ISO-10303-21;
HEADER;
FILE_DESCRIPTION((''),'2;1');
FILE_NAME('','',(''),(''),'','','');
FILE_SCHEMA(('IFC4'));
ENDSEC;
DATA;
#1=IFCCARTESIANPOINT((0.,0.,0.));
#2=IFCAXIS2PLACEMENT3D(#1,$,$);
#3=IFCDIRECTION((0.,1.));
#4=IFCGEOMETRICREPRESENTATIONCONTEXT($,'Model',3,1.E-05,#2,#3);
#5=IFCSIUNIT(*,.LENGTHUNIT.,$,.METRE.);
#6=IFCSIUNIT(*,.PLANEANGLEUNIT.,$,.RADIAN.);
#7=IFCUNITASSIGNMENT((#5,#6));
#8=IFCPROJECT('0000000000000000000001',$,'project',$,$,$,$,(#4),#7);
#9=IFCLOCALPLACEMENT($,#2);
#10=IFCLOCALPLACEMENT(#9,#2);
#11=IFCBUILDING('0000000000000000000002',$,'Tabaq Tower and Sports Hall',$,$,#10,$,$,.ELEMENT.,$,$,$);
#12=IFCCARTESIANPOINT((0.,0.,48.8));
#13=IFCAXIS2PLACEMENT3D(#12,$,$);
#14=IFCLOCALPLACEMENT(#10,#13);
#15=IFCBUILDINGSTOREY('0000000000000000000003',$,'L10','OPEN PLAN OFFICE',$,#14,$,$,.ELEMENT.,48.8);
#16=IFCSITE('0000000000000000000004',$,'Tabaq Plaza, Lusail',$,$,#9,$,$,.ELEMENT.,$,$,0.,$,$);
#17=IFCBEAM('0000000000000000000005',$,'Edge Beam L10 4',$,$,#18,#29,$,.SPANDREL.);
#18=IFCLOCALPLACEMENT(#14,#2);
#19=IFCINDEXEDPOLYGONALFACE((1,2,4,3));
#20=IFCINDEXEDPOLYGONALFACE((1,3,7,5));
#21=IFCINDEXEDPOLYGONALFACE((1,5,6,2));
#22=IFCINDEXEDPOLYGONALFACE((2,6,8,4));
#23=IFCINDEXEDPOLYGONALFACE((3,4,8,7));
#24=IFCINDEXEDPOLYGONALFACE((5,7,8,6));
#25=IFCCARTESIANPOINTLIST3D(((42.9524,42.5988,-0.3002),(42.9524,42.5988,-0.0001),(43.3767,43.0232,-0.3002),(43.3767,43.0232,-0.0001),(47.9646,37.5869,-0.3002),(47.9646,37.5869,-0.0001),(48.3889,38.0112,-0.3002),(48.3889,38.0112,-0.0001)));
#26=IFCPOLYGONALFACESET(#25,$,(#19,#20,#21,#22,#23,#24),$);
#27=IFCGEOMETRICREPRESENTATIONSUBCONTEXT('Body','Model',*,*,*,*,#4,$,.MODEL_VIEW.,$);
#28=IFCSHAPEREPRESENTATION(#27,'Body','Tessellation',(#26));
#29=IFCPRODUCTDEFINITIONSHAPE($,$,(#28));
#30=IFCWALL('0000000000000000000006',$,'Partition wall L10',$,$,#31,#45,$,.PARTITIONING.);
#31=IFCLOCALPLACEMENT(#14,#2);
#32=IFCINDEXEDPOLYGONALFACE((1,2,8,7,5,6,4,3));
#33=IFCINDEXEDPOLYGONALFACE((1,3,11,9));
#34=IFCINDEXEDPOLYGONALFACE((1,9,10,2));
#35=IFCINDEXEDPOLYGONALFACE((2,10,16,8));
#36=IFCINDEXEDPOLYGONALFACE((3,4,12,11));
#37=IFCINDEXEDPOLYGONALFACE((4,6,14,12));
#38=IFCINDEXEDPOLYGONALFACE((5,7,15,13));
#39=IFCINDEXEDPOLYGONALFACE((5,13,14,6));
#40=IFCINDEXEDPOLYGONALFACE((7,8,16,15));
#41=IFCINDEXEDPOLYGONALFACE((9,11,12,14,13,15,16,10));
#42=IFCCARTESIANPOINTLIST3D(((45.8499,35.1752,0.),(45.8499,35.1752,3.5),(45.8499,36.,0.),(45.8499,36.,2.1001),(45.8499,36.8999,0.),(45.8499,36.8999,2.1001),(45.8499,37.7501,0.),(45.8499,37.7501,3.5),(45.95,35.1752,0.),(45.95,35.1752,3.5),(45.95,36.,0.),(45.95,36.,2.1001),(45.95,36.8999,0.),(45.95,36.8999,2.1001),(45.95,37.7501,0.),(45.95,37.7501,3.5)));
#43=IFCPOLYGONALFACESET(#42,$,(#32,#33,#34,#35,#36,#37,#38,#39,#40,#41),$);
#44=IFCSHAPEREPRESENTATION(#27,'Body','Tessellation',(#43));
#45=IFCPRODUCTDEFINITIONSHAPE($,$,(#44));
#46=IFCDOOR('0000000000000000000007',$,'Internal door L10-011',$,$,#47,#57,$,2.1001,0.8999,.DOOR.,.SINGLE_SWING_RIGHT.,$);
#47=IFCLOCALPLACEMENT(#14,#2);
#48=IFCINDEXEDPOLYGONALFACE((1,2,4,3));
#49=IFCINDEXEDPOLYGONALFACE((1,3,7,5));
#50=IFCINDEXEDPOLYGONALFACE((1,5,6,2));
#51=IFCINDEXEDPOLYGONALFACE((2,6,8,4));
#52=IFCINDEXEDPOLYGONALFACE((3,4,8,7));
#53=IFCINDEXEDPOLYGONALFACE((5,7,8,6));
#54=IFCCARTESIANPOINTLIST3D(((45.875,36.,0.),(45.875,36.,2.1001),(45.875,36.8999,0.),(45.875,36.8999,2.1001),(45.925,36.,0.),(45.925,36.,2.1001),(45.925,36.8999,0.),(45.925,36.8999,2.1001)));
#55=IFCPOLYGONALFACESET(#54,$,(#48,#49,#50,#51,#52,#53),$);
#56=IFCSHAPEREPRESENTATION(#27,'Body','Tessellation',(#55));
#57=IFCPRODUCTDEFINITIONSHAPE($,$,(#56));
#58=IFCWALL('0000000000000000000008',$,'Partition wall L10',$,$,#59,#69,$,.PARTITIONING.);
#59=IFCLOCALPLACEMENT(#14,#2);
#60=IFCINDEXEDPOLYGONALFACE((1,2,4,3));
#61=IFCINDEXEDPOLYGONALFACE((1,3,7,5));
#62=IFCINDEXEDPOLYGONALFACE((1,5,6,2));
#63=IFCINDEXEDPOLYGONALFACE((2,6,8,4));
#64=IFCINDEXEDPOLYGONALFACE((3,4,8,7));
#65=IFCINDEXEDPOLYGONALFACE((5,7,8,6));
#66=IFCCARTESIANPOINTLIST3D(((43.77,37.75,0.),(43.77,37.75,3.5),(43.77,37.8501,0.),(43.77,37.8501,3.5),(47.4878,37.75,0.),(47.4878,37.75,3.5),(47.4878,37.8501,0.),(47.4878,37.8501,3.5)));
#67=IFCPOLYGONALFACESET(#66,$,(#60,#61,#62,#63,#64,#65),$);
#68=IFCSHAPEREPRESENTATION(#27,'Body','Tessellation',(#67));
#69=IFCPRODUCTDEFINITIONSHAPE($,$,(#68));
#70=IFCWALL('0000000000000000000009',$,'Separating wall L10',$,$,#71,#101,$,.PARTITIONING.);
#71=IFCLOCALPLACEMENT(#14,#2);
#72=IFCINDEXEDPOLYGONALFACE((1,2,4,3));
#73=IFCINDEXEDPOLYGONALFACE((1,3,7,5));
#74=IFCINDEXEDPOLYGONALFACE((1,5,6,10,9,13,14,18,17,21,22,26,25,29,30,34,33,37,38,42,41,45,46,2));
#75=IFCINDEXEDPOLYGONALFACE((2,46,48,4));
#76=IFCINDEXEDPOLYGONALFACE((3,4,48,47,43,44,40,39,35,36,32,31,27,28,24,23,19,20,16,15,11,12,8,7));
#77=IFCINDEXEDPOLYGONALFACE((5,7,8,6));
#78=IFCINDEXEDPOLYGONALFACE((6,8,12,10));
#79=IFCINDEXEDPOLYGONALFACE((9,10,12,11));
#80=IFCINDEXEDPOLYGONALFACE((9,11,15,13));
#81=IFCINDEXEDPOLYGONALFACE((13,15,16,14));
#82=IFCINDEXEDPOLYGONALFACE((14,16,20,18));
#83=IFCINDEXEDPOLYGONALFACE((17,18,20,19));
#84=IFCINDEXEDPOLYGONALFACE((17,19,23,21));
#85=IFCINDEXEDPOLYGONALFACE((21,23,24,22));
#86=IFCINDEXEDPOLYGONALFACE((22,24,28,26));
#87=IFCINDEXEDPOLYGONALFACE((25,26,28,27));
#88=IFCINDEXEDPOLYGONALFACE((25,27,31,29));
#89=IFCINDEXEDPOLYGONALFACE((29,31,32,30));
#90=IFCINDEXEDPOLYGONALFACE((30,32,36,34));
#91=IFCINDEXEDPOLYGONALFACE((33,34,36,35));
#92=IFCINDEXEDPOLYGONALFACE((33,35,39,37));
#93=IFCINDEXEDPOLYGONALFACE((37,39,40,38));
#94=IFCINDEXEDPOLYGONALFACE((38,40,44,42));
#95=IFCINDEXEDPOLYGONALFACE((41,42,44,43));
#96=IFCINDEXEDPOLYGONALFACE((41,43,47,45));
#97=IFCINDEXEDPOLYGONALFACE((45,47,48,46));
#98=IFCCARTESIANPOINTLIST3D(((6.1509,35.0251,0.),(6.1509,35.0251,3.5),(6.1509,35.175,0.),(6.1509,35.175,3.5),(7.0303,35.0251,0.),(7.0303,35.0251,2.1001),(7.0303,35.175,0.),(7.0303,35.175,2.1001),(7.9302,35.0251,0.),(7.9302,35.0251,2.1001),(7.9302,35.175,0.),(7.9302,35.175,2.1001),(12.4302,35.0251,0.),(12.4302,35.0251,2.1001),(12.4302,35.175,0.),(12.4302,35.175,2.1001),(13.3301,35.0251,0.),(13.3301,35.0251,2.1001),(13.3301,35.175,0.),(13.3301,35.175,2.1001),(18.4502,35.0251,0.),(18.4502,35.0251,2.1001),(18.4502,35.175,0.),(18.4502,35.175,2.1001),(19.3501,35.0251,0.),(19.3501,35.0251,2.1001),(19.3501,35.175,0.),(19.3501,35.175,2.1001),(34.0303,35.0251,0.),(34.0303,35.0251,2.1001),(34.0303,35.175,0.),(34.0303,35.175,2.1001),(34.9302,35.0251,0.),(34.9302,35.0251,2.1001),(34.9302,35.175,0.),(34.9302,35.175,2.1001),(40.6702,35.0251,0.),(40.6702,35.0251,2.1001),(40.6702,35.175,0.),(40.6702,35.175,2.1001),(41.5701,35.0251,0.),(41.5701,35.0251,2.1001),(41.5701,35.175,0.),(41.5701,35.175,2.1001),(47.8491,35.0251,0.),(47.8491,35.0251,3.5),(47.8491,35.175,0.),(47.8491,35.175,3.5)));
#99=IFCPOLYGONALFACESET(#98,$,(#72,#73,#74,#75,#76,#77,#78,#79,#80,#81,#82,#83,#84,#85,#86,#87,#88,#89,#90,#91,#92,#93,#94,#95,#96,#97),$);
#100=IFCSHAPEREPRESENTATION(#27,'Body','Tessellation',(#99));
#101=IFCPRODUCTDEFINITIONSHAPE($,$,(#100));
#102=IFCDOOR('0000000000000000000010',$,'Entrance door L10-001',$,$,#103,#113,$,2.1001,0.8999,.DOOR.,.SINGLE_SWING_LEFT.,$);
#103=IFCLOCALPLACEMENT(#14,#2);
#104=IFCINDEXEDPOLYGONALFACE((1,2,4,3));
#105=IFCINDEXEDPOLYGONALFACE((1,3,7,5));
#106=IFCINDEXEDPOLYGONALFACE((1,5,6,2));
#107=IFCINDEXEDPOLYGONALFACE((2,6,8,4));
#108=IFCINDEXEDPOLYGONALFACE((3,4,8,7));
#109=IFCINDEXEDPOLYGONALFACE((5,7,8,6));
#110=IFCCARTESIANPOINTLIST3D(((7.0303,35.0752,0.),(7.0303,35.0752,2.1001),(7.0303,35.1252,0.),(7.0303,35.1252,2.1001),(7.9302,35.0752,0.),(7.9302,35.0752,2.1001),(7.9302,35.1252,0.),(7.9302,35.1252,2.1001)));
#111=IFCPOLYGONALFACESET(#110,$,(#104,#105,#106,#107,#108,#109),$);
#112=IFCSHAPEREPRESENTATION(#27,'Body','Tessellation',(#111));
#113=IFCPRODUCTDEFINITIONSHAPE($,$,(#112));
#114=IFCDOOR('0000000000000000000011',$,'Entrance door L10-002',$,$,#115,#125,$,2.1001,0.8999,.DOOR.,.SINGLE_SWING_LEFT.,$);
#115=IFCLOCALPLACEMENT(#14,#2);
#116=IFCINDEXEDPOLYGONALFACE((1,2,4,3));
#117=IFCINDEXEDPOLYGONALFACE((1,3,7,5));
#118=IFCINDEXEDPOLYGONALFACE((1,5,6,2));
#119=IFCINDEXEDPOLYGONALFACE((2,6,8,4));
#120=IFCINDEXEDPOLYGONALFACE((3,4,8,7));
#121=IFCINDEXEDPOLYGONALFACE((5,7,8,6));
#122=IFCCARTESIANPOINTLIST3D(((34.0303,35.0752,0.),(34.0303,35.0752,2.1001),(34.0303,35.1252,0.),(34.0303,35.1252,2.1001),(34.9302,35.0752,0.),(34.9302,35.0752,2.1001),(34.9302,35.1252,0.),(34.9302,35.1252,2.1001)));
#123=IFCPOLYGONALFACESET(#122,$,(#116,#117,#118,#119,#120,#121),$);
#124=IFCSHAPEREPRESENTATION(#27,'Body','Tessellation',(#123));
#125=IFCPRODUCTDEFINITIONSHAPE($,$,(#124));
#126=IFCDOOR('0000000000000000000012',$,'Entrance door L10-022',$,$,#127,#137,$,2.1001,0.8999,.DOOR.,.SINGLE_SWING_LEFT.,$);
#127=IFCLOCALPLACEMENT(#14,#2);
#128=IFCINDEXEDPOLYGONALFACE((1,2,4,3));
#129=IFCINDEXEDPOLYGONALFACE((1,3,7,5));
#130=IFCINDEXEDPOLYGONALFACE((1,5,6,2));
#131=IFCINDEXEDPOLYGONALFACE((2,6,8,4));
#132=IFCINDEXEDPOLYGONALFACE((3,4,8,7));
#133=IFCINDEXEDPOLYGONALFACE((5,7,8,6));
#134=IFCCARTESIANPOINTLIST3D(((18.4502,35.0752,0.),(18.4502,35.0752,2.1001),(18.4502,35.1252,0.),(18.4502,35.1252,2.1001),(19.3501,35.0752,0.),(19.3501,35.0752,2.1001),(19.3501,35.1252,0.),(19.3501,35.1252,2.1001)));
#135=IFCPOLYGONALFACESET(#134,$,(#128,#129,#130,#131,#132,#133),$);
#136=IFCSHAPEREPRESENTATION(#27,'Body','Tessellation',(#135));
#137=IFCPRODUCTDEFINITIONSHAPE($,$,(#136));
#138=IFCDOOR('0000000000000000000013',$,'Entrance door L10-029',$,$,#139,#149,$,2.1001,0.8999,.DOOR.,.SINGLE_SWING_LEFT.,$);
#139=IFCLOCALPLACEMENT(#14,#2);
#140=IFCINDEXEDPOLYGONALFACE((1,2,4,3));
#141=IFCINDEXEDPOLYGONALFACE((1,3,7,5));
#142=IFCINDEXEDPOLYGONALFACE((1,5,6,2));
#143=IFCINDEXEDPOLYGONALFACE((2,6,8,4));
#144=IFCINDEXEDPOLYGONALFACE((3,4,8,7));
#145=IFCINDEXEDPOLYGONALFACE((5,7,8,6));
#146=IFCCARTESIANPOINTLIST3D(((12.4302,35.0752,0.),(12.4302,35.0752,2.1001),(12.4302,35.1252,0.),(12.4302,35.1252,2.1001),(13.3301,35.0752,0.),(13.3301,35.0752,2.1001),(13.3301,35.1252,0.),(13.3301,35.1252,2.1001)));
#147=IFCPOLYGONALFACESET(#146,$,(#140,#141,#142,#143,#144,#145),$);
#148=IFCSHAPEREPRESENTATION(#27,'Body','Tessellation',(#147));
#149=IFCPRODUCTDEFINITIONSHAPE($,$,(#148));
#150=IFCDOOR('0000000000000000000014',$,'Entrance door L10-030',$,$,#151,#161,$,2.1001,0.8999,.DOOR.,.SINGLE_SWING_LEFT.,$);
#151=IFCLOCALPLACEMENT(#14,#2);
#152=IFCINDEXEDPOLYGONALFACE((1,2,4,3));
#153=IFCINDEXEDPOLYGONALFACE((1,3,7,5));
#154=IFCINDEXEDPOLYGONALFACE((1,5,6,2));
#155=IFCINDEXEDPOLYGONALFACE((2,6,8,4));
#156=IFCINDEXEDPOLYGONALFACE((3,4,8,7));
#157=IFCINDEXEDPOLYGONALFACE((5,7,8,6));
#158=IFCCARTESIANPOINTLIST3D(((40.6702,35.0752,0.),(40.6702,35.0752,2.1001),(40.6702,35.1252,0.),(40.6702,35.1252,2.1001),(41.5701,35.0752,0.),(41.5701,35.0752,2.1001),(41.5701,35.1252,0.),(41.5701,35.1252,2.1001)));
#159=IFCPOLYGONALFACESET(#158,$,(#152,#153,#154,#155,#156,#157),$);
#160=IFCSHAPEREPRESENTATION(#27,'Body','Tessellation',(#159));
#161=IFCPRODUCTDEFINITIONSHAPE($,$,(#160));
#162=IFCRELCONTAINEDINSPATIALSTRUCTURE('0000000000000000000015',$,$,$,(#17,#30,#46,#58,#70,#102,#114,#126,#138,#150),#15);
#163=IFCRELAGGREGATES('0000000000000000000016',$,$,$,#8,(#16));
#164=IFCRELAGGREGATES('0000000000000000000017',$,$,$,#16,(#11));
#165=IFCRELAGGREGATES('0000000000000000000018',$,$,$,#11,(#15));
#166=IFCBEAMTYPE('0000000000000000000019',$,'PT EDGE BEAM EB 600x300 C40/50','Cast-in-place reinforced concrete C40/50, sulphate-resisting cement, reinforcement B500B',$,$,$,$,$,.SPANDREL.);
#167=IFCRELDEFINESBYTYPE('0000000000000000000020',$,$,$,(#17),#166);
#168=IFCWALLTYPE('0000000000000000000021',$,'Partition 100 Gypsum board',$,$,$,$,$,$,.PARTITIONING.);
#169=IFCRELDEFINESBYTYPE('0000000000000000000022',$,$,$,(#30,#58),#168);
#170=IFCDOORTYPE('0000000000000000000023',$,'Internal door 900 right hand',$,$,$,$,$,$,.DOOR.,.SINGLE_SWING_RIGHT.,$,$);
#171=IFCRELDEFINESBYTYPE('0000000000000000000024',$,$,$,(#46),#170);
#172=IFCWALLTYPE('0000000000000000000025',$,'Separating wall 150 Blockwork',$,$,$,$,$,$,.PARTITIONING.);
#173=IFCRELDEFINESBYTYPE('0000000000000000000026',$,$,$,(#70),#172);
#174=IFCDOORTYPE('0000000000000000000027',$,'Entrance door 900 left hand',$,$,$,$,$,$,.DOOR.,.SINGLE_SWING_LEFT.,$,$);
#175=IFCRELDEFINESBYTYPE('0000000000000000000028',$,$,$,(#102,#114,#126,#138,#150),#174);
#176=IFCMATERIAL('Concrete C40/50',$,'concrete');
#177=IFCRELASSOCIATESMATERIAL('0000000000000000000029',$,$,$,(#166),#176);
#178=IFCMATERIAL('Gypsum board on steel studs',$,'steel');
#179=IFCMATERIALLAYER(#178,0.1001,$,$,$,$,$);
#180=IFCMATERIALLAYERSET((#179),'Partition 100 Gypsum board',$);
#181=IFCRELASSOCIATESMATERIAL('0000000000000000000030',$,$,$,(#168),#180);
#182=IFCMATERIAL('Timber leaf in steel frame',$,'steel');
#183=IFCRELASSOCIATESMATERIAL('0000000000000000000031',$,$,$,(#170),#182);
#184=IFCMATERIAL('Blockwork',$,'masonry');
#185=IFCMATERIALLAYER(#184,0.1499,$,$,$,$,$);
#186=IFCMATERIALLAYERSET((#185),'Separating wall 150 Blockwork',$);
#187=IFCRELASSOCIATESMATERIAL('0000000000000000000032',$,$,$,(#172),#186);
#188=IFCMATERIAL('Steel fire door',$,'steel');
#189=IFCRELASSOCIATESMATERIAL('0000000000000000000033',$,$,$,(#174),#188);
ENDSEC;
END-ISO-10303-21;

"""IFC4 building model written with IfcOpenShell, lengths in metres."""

from ifc_helpers import new_model, si_unit, direction, frame, frame_2d, origin, origin_2d, place, context, subcontext, project, spatial, rectangle, extrude, material, layer, layer_set, material_profile, profile_set, type_object, element, fill, save


model = new_model("IFC4")

# Units and contexts
model_context = context("Model", 3, precision=1e-05, world=origin(), true_north=direction((0.0, 1.0)))
body_context = subcontext(model_context, "Body", "Model", "MODEL_VIEW")
ifc_project = project(units=[si_unit("LENGTHUNIT", "METRE"), si_unit("PLANEANGLEUNIT", "RADIAN")], contexts=[model_context])

# Site, building, storey
site_placement = place(None, origin())
site = spatial("IfcSite", under=ifc_project, at=site_placement, Name="Tabaq Plaza, Lusail", CompositionType="ELEMENT", RefElevation=0.0)
building_placement = place(site_placement, origin())
building = spatial("IfcBuilding", under=site, at=building_placement, Name="Tabaq Tower and Sports Hall", CompositionType="ELEMENT")
storey_placement = place(building_placement, frame((0.0, 0.0, 48.8)))
storey = spatial("IfcBuildingStorey", under=building, at=storey_placement, Name="L10", Description="OPEN PLAN OFFICE", CompositionType="ELEMENT", Elevation=48.8)

# Beam
ifc_material_1 = material(Name="Concrete C40/50", Category="concrete")
ifc_material_profile = material_profile(ifc_material_1, rectangle(XDim=0.6001, YDim=0.3, at=origin_2d()), Name="EB 600x300")
ifc_profile_set = profile_set([ifc_material_profile], Name="Concrete C40/50")
beam_type = type_object("IfcBeamType", Name="PT EDGE BEAM EB 600x300 C40/50", Description="Cast-in-place reinforced concrete C40/50, sulphate-resisting cement, reinforcement B500B", PredefinedType="SPANDREL", material=ifc_profile_set)
beam_placement = place(storey_placement, frame((48.1768, 37.7991, -0.1501), z_axis=(-0.707124, 0.70709, 0.0), x_axis=(-0.70709, -0.707124, 0.0)))
element("IfcBeam", 1, at=beam_placement, inside=storey, type_object=beam_type, Name="Edge Beam L10 4", PredefinedType="SPANDREL", context=body_context, shape_type="SweptSolid", body=[
    extrude(rectangle(XDim=0.6001, YDim=0.3, at=origin_2d()), origin(), (0.0, 0.0, 1.0), 7.0881),
])

# Wall, opening, door
ifc_material_2 = material(Name="Gypsum board on steel studs", Category="steel")
ifc_layer_1 = layer(ifc_material_2, 0.1001)
ifc_layer_set_1 = layer_set([ifc_layer_1], Name="Partition 100 Gypsum board")
wall_type_1 = type_object("IfcWallType", Name="Partition 100 Gypsum board", PredefinedType="PARTITIONING", material=ifc_layer_set_1)
wall_1_placement = place(storey_placement, frame((45.8999, 35.175, 0.0), z_axis=(0.0, 0.0, 1.0), x_axis=(0.0, 1.0, 0.0)))
wall_1 = element("IfcWall", 2, at=wall_1_placement, inside=storey, type_object=wall_type_1, Name="Partition wall L10", PredefinedType="PARTITIONING", context=body_context, shape_type="SweptSolid", body=[
    extrude(rectangle(XDim=2.575, YDim=0.1001, at=frame_2d((1.2876, 0.0))), origin(), (0.0, 0.0, 1.0), 3.5),
])
opening_1_placement = place(wall_1_placement, frame((0.825, 0.0, 0.0)))
opening_1 = element("IfcOpeningElement", 3, at=opening_1_placement, cuts=wall_1, PredefinedType="OPENING", context=body_context, shape_type="SweptSolid", body=[
    extrude(rectangle(XDim=0.8999, YDim=2.1001, at=frame_2d((0.45, 1.05))), frame((0.0, 0.05, 0.0), z_axis=(0.0, -1.0, 0.0), x_axis=(1.0, 0.0, 0.0)), (0.0, 0.0, 1.0), 0.1001),
])
ifc_material_3 = material(Name="Timber leaf in steel frame", Category="steel")
door_type_1 = type_object("IfcDoorType", Name="Internal door 900 right hand", OperationType="SINGLE_SWING_RIGHT", PredefinedType="DOOR", material=ifc_material_3)
door_1_placement = place(opening_1_placement, origin())
door_1 = element("IfcDoor", 4, at=door_1_placement, inside=storey, type_object=door_type_1, Name="Internal door L10-011", OperationType="SINGLE_SWING_RIGHT", OverallHeight=2.1001, OverallWidth=0.8999, PredefinedType="DOOR", context=body_context, shape_type="SweptSolid", body=[
    extrude(rectangle(XDim=0.8999, YDim=2.1001, at=frame_2d((0.45, 1.05))), frame((0.0, 0.0249, 0.0), z_axis=(0.0, -1.0, 0.0), x_axis=(1.0, 0.0, 0.0)), (0.0, 0.0, 1.0), 0.05),
])
fill(opening_1, door_1)

# Wall
wall_2_placement = place(storey_placement, frame((47.4878, 37.8, 0.0), z_axis=(0.0, 0.0, 1.0), x_axis=(-1.0, 0.0, 0.0)))
element("IfcWall", 5, at=wall_2_placement, inside=storey, type_object=wall_type_1, Name="Partition wall L10", PredefinedType="PARTITIONING", context=body_context, shape_type="SweptSolid", body=[
    extrude(rectangle(XDim=3.7178, YDim=0.1001, at=frame_2d((1.8589, 0.0))), origin(), (0.0, 0.0, 1.0), 3.5),
])

# Wall, openings, doors
ifc_material_4 = material(Name="Blockwork", Category="masonry")
ifc_layer_2 = layer(ifc_material_4, 0.1499)
ifc_layer_set_2 = layer_set([ifc_layer_2], Name="Separating wall 150 Blockwork")
wall_type_2 = type_object("IfcWallType", Name="Separating wall 150 Blockwork", PredefinedType="PARTITIONING", material=ifc_layer_set_2)
wall_3_placement = place(storey_placement, frame((47.8491, 35.1001, 0.0), z_axis=(0.0, 0.0, 1.0), x_axis=(-1.0, 0.0, 0.0)))
wall_3 = element("IfcWall", 6, at=wall_3_placement, inside=storey, type_object=wall_type_2, Name="Separating wall L10", PredefinedType="PARTITIONING", context=body_context, shape_type="SweptSolid", body=[
    extrude(rectangle(XDim=41.6982, YDim=0.1499, at=frame_2d((20.8491, 0.0))), origin(), (0.0, 0.0, 1.0), 3.5),
])
opening_2_placement = place(wall_3_placement, frame((39.9189, 0.0, 0.0)))
opening_2 = element("IfcOpeningElement", 7, at=opening_2_placement, cuts=wall_3, PredefinedType="OPENING", context=body_context, shape_type="SweptSolid", body=[
    extrude(rectangle(XDim=0.8999, YDim=2.1001, at=frame_2d((0.45, 1.05))), frame((0.0, 0.075, 0.0), z_axis=(0.0, -1.0, 0.0), x_axis=(1.0, 0.0, 0.0)), (0.0, 0.0, 1.0), 0.1499),
])
opening_3_placement = place(wall_3_placement, frame((12.9189, 0.0, 0.0)))
opening_3 = element("IfcOpeningElement", 8, at=opening_3_placement, cuts=wall_3, PredefinedType="OPENING", context=body_context, shape_type="SweptSolid", body=[
    extrude(rectangle(XDim=0.8999, YDim=2.1001, at=frame_2d((0.45, 1.05))), frame((0.0, 0.075, 0.0), z_axis=(0.0, -1.0, 0.0), x_axis=(1.0, 0.0, 0.0)), (0.0, 0.0, 1.0), 0.1499),
])
opening_4_placement = place(wall_3_placement, frame((28.499, 0.0, 0.0)))
opening_4 = element("IfcOpeningElement", 9, at=opening_4_placement, cuts=wall_3, PredefinedType="OPENING", context=body_context, shape_type="SweptSolid", body=[
    extrude(rectangle(XDim=0.8999, YDim=2.1001, at=frame_2d((0.45, 1.05))), frame((0.0, 0.075, 0.0), z_axis=(0.0, -1.0, 0.0), x_axis=(1.0, 0.0, 0.0)), (0.0, 0.0, 1.0), 0.1499),
])
opening_5_placement = place(wall_3_placement, frame((34.519, 0.0, 0.0)))
opening_5 = element("IfcOpeningElement", 10, at=opening_5_placement, cuts=wall_3, PredefinedType="OPENING", context=body_context, shape_type="SweptSolid", body=[
    extrude(rectangle(XDim=0.8999, YDim=2.1001, at=frame_2d((0.45, 1.05))), frame((0.0, 0.075, 0.0), z_axis=(0.0, -1.0, 0.0), x_axis=(1.0, 0.0, 0.0)), (0.0, 0.0, 1.0), 0.1499),
])
opening_6_placement = place(wall_3_placement, frame((6.2791, 0.0, 0.0)))
opening_6 = element("IfcOpeningElement", 11, at=opening_6_placement, cuts=wall_3, PredefinedType="OPENING", context=body_context, shape_type="SweptSolid", body=[
    extrude(rectangle(XDim=0.8999, YDim=2.1001, at=frame_2d((0.45, 1.05))), frame((0.0, 0.075, 0.0), z_axis=(0.0, -1.0, 0.0), x_axis=(1.0, 0.0, 0.0)), (0.0, 0.0, 1.0), 0.1499),
])
ifc_material_5 = material(Name="Steel fire door", Category="steel")
door_type_2 = type_object("IfcDoorType", Name="Entrance door 900 left hand", OperationType="SINGLE_SWING_LEFT", PredefinedType="DOOR", material=ifc_material_5)
door_2_placement = place(opening_2_placement, origin())
door_2 = element("IfcDoor", 12, at=door_2_placement, inside=storey, type_object=door_type_2, Name="Entrance door L10-001", OperationType="SINGLE_SWING_LEFT", OverallHeight=2.1001, OverallWidth=0.8999, PredefinedType="DOOR", context=body_context, shape_type="SweptSolid", body=[
    extrude(rectangle(XDim=0.8999, YDim=2.1001, at=frame_2d((0.45, 1.05))), frame((0.0, 0.0249, 0.0), z_axis=(0.0, -1.0, 0.0), x_axis=(1.0, 0.0, 0.0)), (0.0, 0.0, 1.0), 0.05),
])
fill(opening_2, door_2)
door_3_placement = place(opening_3_placement, origin())
door_3 = element("IfcDoor", 13, at=door_3_placement, inside=storey, type_object=door_type_2, Name="Entrance door L10-002", OperationType="SINGLE_SWING_LEFT", OverallHeight=2.1001, OverallWidth=0.8999, PredefinedType="DOOR", context=body_context, shape_type="SweptSolid", body=[
    extrude(rectangle(XDim=0.8999, YDim=2.1001, at=frame_2d((0.45, 1.05))), frame((0.0, 0.0249, 0.0), z_axis=(0.0, -1.0, 0.0), x_axis=(1.0, 0.0, 0.0)), (0.0, 0.0, 1.0), 0.05),
])
fill(opening_3, door_3)
door_4_placement = place(opening_4_placement, origin())
door_4 = element("IfcDoor", 14, at=door_4_placement, inside=storey, type_object=door_type_2, Name="Entrance door L10-022", OperationType="SINGLE_SWING_LEFT", OverallHeight=2.1001, OverallWidth=0.8999, PredefinedType="DOOR", context=body_context, shape_type="SweptSolid", body=[
    extrude(rectangle(XDim=0.8999, YDim=2.1001, at=frame_2d((0.45, 1.05))), frame((0.0, 0.0249, 0.0), z_axis=(0.0, -1.0, 0.0), x_axis=(1.0, 0.0, 0.0)), (0.0, 0.0, 1.0), 0.05),
])
fill(opening_4, door_4)
door_5_placement = place(opening_5_placement, origin())
door_5 = element("IfcDoor", 15, at=door_5_placement, inside=storey, type_object=door_type_2, Name="Entrance door L10-029", OperationType="SINGLE_SWING_LEFT", OverallHeight=2.1001, OverallWidth=0.8999, PredefinedType="DOOR", context=body_context, shape_type="SweptSolid", body=[
    extrude(rectangle(XDim=0.8999, YDim=2.1001, at=frame_2d((0.45, 1.05))), frame((0.0, 0.0249, 0.0), z_axis=(0.0, -1.0, 0.0), x_axis=(1.0, 0.0, 0.0)), (0.0, 0.0, 1.0), 0.05),
])
fill(opening_5, door_5)
door_6_placement = place(opening_6_placement, origin())
door_6 = element("IfcDoor", 16, at=door_6_placement, inside=storey, type_object=door_type_2, Name="Entrance door L10-030", OperationType="SINGLE_SWING_LEFT", OverallHeight=2.1001, OverallWidth=0.8999, PredefinedType="DOOR", context=body_context, shape_type="SweptSolid", body=[
    extrude(rectangle(XDim=0.8999, YDim=2.1001, at=frame_2d((0.45, 1.05))), frame((0.0, 0.0249, 0.0), z_axis=(0.0, -1.0, 0.0), x_axis=(1.0, 0.0, 0.0)), (0.0, 0.0, 1.0), 0.05),
])
fill(opening_6, door_6)

save(model, "model.ifc")
